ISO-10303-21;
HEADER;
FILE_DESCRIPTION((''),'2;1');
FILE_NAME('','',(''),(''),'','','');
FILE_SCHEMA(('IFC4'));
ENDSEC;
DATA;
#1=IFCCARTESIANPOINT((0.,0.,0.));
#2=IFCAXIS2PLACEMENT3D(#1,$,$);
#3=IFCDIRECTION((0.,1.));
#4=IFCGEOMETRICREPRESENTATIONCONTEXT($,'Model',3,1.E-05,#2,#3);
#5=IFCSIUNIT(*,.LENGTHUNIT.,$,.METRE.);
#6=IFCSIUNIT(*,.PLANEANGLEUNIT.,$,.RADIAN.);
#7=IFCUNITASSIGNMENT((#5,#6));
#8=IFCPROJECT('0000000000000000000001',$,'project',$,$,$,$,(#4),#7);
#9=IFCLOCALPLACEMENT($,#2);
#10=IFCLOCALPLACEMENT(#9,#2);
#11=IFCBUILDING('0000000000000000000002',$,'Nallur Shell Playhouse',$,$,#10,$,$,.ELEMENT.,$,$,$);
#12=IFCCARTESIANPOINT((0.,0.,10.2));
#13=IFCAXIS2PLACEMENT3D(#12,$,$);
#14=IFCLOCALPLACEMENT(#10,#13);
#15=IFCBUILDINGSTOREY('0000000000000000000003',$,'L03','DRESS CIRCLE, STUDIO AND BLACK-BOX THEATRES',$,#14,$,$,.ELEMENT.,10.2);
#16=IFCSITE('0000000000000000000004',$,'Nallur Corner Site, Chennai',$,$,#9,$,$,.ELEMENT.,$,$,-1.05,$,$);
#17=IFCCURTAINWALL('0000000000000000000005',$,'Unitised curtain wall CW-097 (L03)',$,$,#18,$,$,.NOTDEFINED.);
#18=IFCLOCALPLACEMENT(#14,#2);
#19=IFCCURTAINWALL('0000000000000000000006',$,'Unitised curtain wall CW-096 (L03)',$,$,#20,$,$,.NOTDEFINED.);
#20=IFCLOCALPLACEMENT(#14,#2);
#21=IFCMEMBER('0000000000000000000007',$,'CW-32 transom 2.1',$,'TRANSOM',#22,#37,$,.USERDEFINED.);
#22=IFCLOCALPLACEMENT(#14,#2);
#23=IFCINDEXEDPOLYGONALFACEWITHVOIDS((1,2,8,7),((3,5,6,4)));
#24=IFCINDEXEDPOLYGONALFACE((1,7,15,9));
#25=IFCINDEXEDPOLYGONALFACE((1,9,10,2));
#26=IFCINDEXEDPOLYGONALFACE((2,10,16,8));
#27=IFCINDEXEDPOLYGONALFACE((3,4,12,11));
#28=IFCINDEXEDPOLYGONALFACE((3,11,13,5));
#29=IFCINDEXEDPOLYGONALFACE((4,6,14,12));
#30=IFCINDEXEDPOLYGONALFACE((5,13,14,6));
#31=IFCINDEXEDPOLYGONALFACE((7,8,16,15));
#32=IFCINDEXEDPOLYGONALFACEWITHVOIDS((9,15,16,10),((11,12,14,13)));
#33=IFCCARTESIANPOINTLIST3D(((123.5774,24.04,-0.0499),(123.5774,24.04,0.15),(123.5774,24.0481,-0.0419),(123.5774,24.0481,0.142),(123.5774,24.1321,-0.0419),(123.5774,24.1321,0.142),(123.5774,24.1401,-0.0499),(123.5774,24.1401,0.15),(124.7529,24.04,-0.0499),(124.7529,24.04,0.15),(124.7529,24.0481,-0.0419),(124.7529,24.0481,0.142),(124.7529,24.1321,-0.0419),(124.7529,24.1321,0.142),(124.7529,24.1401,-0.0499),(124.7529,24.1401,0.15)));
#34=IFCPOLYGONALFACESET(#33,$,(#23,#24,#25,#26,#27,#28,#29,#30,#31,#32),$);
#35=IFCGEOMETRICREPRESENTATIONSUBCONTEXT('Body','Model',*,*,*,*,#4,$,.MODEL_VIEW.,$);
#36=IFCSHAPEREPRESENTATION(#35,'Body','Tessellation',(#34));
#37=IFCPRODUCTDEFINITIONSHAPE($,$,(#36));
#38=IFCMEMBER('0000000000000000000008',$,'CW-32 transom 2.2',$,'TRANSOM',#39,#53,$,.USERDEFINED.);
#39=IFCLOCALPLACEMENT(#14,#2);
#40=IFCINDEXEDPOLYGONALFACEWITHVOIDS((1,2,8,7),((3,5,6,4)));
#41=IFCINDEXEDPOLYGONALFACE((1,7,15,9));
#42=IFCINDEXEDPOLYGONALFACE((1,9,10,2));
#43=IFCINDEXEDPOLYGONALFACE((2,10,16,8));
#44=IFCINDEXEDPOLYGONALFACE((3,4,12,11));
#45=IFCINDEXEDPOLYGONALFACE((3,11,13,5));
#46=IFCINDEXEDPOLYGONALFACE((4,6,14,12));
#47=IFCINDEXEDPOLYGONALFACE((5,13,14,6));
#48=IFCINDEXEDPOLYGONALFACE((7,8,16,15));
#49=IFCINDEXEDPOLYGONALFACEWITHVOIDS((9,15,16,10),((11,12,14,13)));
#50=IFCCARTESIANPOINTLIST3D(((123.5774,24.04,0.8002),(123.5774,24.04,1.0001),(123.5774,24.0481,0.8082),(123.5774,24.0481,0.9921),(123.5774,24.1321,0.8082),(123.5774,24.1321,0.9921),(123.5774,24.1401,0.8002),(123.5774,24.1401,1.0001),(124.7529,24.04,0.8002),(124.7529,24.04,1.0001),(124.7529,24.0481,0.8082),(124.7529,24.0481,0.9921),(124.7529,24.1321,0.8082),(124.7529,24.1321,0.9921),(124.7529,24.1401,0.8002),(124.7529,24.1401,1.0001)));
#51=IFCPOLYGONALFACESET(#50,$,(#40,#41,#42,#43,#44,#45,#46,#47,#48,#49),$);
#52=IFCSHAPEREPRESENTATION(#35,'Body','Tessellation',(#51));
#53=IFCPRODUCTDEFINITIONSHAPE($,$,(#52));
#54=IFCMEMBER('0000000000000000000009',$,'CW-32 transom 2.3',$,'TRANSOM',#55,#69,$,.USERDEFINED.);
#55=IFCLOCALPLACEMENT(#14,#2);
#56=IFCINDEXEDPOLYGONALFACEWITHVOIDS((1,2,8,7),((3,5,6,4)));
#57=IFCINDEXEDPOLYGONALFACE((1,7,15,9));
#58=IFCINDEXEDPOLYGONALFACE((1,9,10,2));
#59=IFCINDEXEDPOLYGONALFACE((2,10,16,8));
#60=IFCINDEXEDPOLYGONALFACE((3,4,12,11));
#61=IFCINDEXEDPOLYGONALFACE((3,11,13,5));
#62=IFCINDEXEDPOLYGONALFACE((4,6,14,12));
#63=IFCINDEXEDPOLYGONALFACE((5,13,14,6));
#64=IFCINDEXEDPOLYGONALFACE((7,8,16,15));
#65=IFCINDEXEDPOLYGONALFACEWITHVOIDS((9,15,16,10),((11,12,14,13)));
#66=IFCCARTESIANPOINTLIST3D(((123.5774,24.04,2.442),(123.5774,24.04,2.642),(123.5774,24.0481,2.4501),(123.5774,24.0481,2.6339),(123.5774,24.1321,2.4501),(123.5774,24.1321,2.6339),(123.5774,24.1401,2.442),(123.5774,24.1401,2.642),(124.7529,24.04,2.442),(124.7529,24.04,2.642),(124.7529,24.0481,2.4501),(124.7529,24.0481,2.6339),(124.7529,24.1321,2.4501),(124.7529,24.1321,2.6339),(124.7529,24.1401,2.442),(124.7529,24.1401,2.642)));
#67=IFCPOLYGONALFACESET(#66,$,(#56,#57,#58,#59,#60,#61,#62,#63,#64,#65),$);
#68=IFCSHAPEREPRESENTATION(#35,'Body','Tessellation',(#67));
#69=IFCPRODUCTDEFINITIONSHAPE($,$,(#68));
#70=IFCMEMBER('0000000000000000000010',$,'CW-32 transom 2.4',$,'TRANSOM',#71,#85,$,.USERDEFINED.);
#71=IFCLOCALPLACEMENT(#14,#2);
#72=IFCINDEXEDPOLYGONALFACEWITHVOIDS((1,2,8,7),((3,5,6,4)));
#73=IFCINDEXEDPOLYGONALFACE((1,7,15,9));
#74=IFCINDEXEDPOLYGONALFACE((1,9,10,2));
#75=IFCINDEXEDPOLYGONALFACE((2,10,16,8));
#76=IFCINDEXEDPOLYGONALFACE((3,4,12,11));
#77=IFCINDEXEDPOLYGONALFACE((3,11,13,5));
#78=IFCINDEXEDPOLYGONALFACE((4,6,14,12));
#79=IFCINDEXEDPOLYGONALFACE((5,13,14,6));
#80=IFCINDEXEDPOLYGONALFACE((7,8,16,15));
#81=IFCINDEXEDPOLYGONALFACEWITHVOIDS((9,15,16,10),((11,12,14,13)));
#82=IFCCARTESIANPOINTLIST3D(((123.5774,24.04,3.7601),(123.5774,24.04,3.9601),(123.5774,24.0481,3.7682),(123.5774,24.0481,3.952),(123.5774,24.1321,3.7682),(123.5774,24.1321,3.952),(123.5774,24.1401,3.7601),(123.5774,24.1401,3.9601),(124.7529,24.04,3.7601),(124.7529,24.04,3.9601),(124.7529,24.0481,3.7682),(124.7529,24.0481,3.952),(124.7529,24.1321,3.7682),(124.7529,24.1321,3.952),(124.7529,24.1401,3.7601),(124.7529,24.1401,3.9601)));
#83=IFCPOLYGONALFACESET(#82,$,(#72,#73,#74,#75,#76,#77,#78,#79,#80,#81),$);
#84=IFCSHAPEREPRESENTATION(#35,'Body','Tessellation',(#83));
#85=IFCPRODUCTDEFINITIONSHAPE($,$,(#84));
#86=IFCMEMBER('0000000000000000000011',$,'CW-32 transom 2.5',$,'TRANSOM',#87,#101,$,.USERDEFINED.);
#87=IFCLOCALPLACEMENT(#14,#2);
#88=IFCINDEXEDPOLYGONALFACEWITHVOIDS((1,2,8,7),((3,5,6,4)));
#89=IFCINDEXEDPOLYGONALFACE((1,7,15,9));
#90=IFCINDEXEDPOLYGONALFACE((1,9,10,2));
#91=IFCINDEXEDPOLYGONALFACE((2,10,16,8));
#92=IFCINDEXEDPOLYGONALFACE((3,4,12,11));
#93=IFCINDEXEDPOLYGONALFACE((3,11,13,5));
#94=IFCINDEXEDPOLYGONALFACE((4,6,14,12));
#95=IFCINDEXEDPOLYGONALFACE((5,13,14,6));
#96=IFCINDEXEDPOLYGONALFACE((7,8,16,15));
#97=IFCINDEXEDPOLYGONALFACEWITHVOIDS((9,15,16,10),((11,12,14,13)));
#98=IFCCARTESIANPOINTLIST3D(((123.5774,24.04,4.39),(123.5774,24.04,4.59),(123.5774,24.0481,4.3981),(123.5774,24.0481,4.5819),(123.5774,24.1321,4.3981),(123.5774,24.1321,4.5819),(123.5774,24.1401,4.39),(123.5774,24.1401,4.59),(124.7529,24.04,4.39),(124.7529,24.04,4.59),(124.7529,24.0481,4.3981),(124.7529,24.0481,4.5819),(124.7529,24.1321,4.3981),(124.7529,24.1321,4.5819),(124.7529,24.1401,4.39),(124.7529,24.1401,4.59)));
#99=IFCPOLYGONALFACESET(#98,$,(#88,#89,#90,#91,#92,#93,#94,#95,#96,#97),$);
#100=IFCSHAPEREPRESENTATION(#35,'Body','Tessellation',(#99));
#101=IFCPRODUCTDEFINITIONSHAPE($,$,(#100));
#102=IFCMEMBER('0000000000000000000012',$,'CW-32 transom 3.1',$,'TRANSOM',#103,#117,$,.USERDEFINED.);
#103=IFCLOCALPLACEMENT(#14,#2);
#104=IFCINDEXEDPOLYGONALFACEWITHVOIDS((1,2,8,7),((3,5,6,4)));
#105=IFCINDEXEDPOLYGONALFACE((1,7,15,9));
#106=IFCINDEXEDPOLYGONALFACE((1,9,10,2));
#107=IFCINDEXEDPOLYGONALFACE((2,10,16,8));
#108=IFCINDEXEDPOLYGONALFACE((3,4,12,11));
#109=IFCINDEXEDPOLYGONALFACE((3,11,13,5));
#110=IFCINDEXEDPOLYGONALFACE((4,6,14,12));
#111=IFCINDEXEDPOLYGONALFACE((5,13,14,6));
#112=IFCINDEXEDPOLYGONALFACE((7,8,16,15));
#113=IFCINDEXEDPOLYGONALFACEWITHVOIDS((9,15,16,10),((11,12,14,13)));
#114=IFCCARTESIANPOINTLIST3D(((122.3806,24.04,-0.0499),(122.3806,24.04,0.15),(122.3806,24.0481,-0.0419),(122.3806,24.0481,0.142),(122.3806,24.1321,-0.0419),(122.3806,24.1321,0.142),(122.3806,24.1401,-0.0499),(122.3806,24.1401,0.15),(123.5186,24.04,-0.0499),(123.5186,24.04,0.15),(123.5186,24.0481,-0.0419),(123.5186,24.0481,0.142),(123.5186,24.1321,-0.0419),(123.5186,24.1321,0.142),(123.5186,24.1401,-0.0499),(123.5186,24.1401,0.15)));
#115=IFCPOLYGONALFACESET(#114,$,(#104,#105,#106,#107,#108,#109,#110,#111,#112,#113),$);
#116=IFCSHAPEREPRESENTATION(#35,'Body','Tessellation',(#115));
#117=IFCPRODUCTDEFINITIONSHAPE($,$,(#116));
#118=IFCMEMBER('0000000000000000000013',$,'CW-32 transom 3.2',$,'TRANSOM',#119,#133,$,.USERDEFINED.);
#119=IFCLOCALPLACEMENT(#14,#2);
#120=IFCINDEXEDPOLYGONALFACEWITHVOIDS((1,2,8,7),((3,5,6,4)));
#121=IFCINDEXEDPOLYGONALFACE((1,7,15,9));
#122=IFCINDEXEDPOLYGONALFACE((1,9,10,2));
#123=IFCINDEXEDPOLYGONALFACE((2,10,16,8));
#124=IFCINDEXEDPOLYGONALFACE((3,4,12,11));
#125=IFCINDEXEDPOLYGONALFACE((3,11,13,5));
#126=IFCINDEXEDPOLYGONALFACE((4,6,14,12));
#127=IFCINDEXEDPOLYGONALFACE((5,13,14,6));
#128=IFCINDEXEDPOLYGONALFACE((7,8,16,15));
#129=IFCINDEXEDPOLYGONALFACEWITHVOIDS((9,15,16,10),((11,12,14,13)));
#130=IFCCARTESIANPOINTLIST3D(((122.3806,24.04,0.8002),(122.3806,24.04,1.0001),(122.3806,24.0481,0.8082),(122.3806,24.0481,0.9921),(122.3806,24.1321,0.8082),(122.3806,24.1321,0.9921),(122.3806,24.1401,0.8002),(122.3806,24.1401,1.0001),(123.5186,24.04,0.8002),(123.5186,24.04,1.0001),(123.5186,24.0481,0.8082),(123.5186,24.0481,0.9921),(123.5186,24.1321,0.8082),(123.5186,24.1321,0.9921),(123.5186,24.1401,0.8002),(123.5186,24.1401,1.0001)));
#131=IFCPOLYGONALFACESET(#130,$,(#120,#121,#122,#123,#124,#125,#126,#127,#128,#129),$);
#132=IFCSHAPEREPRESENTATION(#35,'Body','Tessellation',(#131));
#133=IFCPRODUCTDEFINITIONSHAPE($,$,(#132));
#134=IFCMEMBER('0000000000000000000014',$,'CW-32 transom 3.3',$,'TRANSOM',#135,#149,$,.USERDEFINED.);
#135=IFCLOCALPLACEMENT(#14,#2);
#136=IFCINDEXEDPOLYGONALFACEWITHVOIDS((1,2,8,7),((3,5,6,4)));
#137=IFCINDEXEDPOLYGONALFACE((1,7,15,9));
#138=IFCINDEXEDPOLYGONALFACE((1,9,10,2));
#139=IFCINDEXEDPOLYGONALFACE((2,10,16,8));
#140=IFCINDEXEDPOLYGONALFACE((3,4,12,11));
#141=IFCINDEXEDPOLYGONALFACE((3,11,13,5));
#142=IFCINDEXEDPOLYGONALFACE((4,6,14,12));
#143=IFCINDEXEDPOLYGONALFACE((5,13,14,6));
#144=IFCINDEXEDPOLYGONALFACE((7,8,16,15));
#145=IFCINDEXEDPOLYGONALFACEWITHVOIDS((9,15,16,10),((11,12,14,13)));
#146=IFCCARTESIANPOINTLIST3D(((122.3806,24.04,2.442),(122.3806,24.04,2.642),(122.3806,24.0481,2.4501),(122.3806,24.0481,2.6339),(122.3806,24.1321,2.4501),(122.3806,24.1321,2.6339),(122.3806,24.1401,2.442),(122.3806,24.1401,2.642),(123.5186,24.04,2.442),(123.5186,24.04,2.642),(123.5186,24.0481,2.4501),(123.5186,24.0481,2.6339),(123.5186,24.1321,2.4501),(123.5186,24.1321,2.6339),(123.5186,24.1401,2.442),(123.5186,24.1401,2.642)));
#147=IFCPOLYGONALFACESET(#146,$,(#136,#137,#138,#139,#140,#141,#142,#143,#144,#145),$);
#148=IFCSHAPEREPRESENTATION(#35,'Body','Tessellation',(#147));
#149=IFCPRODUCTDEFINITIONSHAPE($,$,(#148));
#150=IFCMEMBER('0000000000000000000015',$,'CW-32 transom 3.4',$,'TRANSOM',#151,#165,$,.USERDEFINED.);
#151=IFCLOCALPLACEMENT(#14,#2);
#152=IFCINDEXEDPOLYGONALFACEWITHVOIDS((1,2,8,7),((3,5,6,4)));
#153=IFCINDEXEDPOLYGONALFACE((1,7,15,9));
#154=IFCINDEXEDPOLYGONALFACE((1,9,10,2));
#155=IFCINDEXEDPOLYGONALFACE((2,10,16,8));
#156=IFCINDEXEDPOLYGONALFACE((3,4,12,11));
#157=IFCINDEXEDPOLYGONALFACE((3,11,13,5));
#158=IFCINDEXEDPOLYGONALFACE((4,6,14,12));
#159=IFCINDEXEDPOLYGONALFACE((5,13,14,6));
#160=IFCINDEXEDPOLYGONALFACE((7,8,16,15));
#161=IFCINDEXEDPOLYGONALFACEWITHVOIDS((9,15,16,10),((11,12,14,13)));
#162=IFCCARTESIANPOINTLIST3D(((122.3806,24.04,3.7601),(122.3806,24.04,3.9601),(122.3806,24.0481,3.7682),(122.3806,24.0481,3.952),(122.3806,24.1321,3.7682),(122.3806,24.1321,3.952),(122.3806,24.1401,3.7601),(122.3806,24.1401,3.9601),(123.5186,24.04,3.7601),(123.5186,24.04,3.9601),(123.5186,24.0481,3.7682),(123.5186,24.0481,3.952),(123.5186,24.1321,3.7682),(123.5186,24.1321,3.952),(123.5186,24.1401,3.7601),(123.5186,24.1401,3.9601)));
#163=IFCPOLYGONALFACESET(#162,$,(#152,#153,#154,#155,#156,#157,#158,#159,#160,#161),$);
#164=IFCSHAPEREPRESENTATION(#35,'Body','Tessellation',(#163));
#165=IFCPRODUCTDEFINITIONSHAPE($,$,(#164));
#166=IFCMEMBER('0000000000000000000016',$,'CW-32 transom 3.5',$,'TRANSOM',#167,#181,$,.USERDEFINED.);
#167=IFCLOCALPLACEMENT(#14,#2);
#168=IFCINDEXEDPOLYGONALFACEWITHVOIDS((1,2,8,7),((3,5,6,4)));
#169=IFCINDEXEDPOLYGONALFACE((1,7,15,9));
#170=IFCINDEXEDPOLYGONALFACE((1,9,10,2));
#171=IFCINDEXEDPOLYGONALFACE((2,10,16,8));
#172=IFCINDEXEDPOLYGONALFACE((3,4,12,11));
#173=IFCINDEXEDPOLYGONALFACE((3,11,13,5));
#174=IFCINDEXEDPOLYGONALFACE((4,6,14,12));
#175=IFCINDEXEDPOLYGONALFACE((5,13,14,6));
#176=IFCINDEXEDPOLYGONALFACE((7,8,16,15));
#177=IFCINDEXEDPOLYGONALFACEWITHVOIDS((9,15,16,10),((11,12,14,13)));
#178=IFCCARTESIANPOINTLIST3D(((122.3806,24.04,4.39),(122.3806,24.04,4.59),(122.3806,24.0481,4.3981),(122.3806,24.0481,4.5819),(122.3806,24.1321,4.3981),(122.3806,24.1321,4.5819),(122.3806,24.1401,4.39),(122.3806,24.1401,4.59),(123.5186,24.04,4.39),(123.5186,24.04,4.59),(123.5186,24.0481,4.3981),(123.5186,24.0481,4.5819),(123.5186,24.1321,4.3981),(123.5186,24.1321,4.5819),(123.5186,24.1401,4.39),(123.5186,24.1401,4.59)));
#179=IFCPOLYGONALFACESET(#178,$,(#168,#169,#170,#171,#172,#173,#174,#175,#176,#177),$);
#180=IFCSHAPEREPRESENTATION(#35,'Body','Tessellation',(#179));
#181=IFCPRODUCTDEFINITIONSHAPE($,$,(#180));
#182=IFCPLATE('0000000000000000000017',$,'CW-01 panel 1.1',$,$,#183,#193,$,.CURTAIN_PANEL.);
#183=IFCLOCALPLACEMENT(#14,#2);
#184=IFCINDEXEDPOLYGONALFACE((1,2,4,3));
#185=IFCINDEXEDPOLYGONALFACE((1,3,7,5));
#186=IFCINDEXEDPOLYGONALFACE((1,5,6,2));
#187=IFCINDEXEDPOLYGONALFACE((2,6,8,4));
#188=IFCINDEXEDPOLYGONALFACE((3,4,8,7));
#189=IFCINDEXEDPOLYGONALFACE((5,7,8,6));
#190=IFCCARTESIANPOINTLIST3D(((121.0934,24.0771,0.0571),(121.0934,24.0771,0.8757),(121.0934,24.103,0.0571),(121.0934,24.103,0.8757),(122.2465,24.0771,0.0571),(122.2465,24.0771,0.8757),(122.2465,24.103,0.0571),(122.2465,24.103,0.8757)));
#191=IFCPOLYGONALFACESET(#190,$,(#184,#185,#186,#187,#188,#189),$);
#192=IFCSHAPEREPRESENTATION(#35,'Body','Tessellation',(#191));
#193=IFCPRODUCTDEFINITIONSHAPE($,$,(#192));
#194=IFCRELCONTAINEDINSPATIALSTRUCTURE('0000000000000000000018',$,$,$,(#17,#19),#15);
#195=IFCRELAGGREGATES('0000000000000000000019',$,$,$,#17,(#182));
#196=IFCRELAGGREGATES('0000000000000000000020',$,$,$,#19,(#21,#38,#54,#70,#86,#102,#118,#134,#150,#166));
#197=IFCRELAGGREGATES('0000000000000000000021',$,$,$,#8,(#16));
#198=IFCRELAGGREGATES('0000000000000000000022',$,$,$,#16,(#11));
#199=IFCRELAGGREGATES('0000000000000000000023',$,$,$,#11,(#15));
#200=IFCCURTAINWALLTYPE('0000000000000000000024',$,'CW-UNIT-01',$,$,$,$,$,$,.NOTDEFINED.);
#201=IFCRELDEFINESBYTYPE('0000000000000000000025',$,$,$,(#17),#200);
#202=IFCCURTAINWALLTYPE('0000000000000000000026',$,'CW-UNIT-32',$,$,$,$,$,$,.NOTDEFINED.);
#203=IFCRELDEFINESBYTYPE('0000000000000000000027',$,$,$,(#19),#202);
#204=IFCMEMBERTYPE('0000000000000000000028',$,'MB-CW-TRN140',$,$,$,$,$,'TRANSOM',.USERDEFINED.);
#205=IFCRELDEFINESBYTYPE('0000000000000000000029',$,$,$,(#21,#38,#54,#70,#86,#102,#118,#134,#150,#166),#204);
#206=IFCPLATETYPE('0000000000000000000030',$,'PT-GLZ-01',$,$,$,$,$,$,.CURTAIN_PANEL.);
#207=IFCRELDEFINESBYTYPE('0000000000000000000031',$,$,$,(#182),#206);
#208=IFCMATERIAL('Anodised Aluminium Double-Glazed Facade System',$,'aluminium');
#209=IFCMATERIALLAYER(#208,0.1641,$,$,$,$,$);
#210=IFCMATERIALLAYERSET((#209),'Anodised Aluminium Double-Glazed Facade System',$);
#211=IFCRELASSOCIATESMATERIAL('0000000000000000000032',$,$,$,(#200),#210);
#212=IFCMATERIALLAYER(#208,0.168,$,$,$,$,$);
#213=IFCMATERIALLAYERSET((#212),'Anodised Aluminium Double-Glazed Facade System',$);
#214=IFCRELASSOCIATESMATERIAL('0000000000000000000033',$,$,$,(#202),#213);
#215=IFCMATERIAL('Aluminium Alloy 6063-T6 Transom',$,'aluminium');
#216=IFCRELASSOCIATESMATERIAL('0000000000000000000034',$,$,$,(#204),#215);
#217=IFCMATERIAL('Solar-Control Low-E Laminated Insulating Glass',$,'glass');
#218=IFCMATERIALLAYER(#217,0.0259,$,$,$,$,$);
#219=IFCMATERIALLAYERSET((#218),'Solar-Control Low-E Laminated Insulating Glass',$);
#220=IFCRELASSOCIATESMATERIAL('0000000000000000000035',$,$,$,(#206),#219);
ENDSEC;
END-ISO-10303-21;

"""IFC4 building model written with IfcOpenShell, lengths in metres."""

from ifc_helpers import new_model, si_unit, direction, frame, origin, origin_2d, place, context, subcontext, project, spatial, rectangle, hollow_rectangle, extrude, material, layer, layer_set, material_profile, profile_set, type_object, element, aggregate, save


model = new_model("IFC4")

# Units and contexts
model_context = context("Model", 3, precision=1e-05, world=origin(), true_north=direction((0.0, 1.0)))
body_context = subcontext(model_context, "Body", "Model", "MODEL_VIEW")
ifc_project = project(units=[si_unit("LENGTHUNIT", "METRE"), si_unit("PLANEANGLEUNIT", "RADIAN")], contexts=[model_context])

# Site, building, storey
site_placement = place(None, origin())
site = spatial("IfcSite", under=ifc_project, at=site_placement, Name="Nallur Corner Site, Chennai", CompositionType="ELEMENT", RefElevation=-1.05)
building_placement = place(site_placement, origin())
building = spatial("IfcBuilding", under=site, at=building_placement, Name="Nallur Shell Playhouse", CompositionType="ELEMENT")
storey_placement = place(building_placement, frame((0.0, 0.0, 10.2)))
storey = spatial("IfcBuildingStorey", under=building, at=storey_placement, Name="L03", Description="DRESS CIRCLE, STUDIO AND BLACK-BOX THEATRES", CompositionType="ELEMENT", Elevation=10.2)

# Curtain walls
ifc_material_1 = material(Name="Anodised Aluminium Double-Glazed Facade System", Category="aluminium")
ifc_layer_1 = layer(ifc_material_1, 0.1641)
ifc_layer_set_1 = layer_set([ifc_layer_1], Name="Anodised Aluminium Double-Glazed Facade System")
curtain_wall_type_1 = type_object("IfcCurtainWallType", Name="CW-UNIT-01", PredefinedType="NOTDEFINED", material=ifc_layer_set_1)
curtain_wall_1_placement = place(storey_placement, origin())
curtain_wall_1 = element("IfcCurtainWall", 1, at=curtain_wall_1_placement, inside=storey, type_object=curtain_wall_type_1, Name="Unitised curtain wall CW-097 (L03)", PredefinedType="NOTDEFINED")
ifc_layer_2 = layer(ifc_material_1, 0.168)
ifc_layer_set_2 = layer_set([ifc_layer_2], Name="Anodised Aluminium Double-Glazed Facade System")
curtain_wall_type_2 = type_object("IfcCurtainWallType", Name="CW-UNIT-32", PredefinedType="NOTDEFINED", material=ifc_layer_set_2)
curtain_wall_2_placement = place(storey_placement, origin())
curtain_wall_2 = element("IfcCurtainWall", 2, at=curtain_wall_2_placement, inside=storey, type_object=curtain_wall_type_2, Name="Unitised curtain wall CW-096 (L03)", PredefinedType="NOTDEFINED")

# Members
ifc_material_2 = material(Name="Aluminium Alloy 6063-T6 Transom", Category="aluminium")
ifc_material_profile_1 = material_profile(ifc_material_2, hollow_rectangle(XDim=0.1001, YDim=0.2, WallThickness=0.0081, at=origin_2d()), Name="RHS 200x100x8")
ifc_profile_set_1 = profile_set([ifc_material_profile_1], Name="Aluminium Alloy 6063-T6 Transom")
member_type_1 = type_object("IfcMemberType", Name="MB-CW-TRN140", ElementType="TRANSOM", PredefinedType="USERDEFINED", material=ifc_profile_set_1)
member_1_placement = place(storey_placement, frame((124.7529, 24.0901, 0.05), z_axis=(-1.0, 0.0, 0.0), x_axis=(0.0, -1.0, 0.0)))
member_1 = element("IfcMember", 3, at=member_1_placement, type_object=member_type_1, Name="CW-32 transom 2.1", ObjectType="TRANSOM", PredefinedType="USERDEFINED", context=body_context, shape_type="SweptSolid", body=[
    extrude(hollow_rectangle(XDim=0.1001, YDim=0.2, WallThickness=0.0081, at=origin_2d()), origin(), (0.0, 0.0, 1.0), 1.1755),
])
member_2_placement = place(storey_placement, frame((124.7529, 24.0901, 0.9001), z_axis=(-1.0, 0.0, 0.0), x_axis=(0.0, -1.0, 0.0)))
member_2 = element("IfcMember", 4, at=member_2_placement, type_object=member_type_1, Name="CW-32 transom 2.2", ObjectType="TRANSOM", PredefinedType="USERDEFINED", context=body_context, shape_type="SweptSolid", body=[
    extrude(hollow_rectangle(XDim=0.1001, YDim=0.2, WallThickness=0.0081, at=origin_2d()), origin(), (0.0, 0.0, 1.0), 1.1755),
])
member_3_placement = place(storey_placement, frame((124.7529, 24.0901, 2.542), z_axis=(-1.0, 0.0, 0.0), x_axis=(0.0, -1.0, 0.0)))
member_3 = element("IfcMember", 5, at=member_3_placement, type_object=member_type_1, Name="CW-32 transom 2.3", ObjectType="TRANSOM", PredefinedType="USERDEFINED", context=body_context, shape_type="SweptSolid", body=[
    extrude(hollow_rectangle(XDim=0.1001, YDim=0.2, WallThickness=0.0081, at=origin_2d()), origin(), (0.0, 0.0, 1.0), 1.1755),
])
member_4_placement = place(storey_placement, frame((124.7529, 24.0901, 3.8601), z_axis=(-1.0, 0.0, 0.0), x_axis=(0.0, -1.0, 0.0)))
member_4 = element("IfcMember", 6, at=member_4_placement, type_object=member_type_1, Name="CW-32 transom 2.4", ObjectType="TRANSOM", PredefinedType="USERDEFINED", context=body_context, shape_type="SweptSolid", body=[
    extrude(hollow_rectangle(XDim=0.1001, YDim=0.2, WallThickness=0.0081, at=origin_2d()), origin(), (0.0, 0.0, 1.0), 1.1755),
])
member_5_placement = place(storey_placement, frame((124.7529, 24.0901, 4.49), z_axis=(-1.0, 0.0, 0.0), x_axis=(0.0, -1.0, 0.0)))
member_5 = element("IfcMember", 7, at=member_5_placement, type_object=member_type_1, Name="CW-32 transom 2.5", ObjectType="TRANSOM", PredefinedType="USERDEFINED", context=body_context, shape_type="SweptSolid", body=[
    extrude(hollow_rectangle(XDim=0.1001, YDim=0.2, WallThickness=0.0081, at=origin_2d()), origin(), (0.0, 0.0, 1.0), 1.1755),
])
member_6_placement = place(storey_placement, frame((123.5186, 24.0901, 0.05), z_axis=(-1.0, 0.0, 0.0), x_axis=(0.0, -1.0, 0.0)))
member_6 = element("IfcMember", 8, at=member_6_placement, type_object=member_type_1, Name="CW-32 transom 3.1", ObjectType="TRANSOM", PredefinedType="USERDEFINED", context=body_context, shape_type="SweptSolid", body=[
    extrude(hollow_rectangle(XDim=0.1001, YDim=0.2, WallThickness=0.0081, at=origin_2d()), origin(), (0.0, 0.0, 1.0), 1.1379),
])
member_7_placement = place(storey_placement, frame((123.5186, 24.0901, 0.9001), z_axis=(-1.0, 0.0, 0.0), x_axis=(0.0, -1.0, 0.0)))
member_7 = element("IfcMember", 9, at=member_7_placement, type_object=member_type_1, Name="CW-32 transom 3.2", ObjectType="TRANSOM", PredefinedType="USERDEFINED", context=body_context, shape_type="SweptSolid", body=[
    extrude(hollow_rectangle(XDim=0.1001, YDim=0.2, WallThickness=0.0081, at=origin_2d()), origin(), (0.0, 0.0, 1.0), 1.1379),
])
member_8_placement = place(storey_placement, frame((123.5186, 24.0901, 2.542), z_axis=(-1.0, 0.0, 0.0), x_axis=(0.0, -1.0, 0.0)))
member_8 = element("IfcMember", 10, at=member_8_placement, type_object=member_type_1, Name="CW-32 transom 3.3", ObjectType="TRANSOM", PredefinedType="USERDEFINED", context=body_context, shape_type="SweptSolid", body=[
    extrude(hollow_rectangle(XDim=0.1001, YDim=0.2, WallThickness=0.0081, at=origin_2d()), origin(), (0.0, 0.0, 1.0), 1.1379),
])
member_9_placement = place(storey_placement, frame((123.5186, 24.0901, 3.8601), z_axis=(-1.0, 0.0, 0.0), x_axis=(0.0, -1.0, 0.0)))
member_9 = element("IfcMember", 11, at=member_9_placement, type_object=member_type_1, Name="CW-32 transom 3.4", ObjectType="TRANSOM", PredefinedType="USERDEFINED", context=body_context, shape_type="SweptSolid", body=[
    extrude(hollow_rectangle(XDim=0.1001, YDim=0.2, WallThickness=0.0081, at=origin_2d()), origin(), (0.0, 0.0, 1.0), 1.1379),
])
member_10_placement = place(storey_placement, frame((123.5186, 24.0901, 4.49), z_axis=(-1.0, 0.0, 0.0), x_axis=(0.0, -1.0, 0.0)))
member_10 = element("IfcMember", 12, at=member_10_placement, type_object=member_type_1, Name="CW-32 transom 3.5", ObjectType="TRANSOM", PredefinedType="USERDEFINED", context=body_context, shape_type="SweptSolid", body=[
    extrude(hollow_rectangle(XDim=0.1001, YDim=0.2, WallThickness=0.0081, at=origin_2d()), origin(), (0.0, 0.0, 1.0), 1.1379),
])

# Plate
ifc_material_3 = material(Name="Solar-Control Low-E Laminated Insulating Glass", Category="glass")
ifc_layer_3 = layer(ifc_material_3, 0.0259)
ifc_layer_set_3 = layer_set([ifc_layer_3], Name="Solar-Control Low-E Laminated Insulating Glass")
plate_type_1 = type_object("IfcPlateType", Name="PT-GLZ-01", PredefinedType="CURTAIN_PANEL", material=ifc_layer_set_3)
plate_1_placement = place(storey_placement, frame((121.6699, 24.0901, 0.0571), z_axis=(0.0, 0.0, 1.0), x_axis=(-1.0, 0.0, 0.0)))
plate_1 = element("IfcPlate", 13, at=plate_1_placement, type_object=plate_type_1, Name="CW-01 panel 1.1", PredefinedType="CURTAIN_PANEL", context=body_context, shape_type="SweptSolid", body=[
    extrude(rectangle(XDim=1.1531, YDim=0.0259, at=origin_2d()), origin(), (0.0, 0.0, 1.0), 0.8186),
])
aggregate(curtain_wall_1, [plate_1])
aggregate(curtain_wall_2, [member_1, member_2, member_3, member_4, member_5, member_6, member_7, member_8, member_9, member_10])

save(model, "model.ifc")
